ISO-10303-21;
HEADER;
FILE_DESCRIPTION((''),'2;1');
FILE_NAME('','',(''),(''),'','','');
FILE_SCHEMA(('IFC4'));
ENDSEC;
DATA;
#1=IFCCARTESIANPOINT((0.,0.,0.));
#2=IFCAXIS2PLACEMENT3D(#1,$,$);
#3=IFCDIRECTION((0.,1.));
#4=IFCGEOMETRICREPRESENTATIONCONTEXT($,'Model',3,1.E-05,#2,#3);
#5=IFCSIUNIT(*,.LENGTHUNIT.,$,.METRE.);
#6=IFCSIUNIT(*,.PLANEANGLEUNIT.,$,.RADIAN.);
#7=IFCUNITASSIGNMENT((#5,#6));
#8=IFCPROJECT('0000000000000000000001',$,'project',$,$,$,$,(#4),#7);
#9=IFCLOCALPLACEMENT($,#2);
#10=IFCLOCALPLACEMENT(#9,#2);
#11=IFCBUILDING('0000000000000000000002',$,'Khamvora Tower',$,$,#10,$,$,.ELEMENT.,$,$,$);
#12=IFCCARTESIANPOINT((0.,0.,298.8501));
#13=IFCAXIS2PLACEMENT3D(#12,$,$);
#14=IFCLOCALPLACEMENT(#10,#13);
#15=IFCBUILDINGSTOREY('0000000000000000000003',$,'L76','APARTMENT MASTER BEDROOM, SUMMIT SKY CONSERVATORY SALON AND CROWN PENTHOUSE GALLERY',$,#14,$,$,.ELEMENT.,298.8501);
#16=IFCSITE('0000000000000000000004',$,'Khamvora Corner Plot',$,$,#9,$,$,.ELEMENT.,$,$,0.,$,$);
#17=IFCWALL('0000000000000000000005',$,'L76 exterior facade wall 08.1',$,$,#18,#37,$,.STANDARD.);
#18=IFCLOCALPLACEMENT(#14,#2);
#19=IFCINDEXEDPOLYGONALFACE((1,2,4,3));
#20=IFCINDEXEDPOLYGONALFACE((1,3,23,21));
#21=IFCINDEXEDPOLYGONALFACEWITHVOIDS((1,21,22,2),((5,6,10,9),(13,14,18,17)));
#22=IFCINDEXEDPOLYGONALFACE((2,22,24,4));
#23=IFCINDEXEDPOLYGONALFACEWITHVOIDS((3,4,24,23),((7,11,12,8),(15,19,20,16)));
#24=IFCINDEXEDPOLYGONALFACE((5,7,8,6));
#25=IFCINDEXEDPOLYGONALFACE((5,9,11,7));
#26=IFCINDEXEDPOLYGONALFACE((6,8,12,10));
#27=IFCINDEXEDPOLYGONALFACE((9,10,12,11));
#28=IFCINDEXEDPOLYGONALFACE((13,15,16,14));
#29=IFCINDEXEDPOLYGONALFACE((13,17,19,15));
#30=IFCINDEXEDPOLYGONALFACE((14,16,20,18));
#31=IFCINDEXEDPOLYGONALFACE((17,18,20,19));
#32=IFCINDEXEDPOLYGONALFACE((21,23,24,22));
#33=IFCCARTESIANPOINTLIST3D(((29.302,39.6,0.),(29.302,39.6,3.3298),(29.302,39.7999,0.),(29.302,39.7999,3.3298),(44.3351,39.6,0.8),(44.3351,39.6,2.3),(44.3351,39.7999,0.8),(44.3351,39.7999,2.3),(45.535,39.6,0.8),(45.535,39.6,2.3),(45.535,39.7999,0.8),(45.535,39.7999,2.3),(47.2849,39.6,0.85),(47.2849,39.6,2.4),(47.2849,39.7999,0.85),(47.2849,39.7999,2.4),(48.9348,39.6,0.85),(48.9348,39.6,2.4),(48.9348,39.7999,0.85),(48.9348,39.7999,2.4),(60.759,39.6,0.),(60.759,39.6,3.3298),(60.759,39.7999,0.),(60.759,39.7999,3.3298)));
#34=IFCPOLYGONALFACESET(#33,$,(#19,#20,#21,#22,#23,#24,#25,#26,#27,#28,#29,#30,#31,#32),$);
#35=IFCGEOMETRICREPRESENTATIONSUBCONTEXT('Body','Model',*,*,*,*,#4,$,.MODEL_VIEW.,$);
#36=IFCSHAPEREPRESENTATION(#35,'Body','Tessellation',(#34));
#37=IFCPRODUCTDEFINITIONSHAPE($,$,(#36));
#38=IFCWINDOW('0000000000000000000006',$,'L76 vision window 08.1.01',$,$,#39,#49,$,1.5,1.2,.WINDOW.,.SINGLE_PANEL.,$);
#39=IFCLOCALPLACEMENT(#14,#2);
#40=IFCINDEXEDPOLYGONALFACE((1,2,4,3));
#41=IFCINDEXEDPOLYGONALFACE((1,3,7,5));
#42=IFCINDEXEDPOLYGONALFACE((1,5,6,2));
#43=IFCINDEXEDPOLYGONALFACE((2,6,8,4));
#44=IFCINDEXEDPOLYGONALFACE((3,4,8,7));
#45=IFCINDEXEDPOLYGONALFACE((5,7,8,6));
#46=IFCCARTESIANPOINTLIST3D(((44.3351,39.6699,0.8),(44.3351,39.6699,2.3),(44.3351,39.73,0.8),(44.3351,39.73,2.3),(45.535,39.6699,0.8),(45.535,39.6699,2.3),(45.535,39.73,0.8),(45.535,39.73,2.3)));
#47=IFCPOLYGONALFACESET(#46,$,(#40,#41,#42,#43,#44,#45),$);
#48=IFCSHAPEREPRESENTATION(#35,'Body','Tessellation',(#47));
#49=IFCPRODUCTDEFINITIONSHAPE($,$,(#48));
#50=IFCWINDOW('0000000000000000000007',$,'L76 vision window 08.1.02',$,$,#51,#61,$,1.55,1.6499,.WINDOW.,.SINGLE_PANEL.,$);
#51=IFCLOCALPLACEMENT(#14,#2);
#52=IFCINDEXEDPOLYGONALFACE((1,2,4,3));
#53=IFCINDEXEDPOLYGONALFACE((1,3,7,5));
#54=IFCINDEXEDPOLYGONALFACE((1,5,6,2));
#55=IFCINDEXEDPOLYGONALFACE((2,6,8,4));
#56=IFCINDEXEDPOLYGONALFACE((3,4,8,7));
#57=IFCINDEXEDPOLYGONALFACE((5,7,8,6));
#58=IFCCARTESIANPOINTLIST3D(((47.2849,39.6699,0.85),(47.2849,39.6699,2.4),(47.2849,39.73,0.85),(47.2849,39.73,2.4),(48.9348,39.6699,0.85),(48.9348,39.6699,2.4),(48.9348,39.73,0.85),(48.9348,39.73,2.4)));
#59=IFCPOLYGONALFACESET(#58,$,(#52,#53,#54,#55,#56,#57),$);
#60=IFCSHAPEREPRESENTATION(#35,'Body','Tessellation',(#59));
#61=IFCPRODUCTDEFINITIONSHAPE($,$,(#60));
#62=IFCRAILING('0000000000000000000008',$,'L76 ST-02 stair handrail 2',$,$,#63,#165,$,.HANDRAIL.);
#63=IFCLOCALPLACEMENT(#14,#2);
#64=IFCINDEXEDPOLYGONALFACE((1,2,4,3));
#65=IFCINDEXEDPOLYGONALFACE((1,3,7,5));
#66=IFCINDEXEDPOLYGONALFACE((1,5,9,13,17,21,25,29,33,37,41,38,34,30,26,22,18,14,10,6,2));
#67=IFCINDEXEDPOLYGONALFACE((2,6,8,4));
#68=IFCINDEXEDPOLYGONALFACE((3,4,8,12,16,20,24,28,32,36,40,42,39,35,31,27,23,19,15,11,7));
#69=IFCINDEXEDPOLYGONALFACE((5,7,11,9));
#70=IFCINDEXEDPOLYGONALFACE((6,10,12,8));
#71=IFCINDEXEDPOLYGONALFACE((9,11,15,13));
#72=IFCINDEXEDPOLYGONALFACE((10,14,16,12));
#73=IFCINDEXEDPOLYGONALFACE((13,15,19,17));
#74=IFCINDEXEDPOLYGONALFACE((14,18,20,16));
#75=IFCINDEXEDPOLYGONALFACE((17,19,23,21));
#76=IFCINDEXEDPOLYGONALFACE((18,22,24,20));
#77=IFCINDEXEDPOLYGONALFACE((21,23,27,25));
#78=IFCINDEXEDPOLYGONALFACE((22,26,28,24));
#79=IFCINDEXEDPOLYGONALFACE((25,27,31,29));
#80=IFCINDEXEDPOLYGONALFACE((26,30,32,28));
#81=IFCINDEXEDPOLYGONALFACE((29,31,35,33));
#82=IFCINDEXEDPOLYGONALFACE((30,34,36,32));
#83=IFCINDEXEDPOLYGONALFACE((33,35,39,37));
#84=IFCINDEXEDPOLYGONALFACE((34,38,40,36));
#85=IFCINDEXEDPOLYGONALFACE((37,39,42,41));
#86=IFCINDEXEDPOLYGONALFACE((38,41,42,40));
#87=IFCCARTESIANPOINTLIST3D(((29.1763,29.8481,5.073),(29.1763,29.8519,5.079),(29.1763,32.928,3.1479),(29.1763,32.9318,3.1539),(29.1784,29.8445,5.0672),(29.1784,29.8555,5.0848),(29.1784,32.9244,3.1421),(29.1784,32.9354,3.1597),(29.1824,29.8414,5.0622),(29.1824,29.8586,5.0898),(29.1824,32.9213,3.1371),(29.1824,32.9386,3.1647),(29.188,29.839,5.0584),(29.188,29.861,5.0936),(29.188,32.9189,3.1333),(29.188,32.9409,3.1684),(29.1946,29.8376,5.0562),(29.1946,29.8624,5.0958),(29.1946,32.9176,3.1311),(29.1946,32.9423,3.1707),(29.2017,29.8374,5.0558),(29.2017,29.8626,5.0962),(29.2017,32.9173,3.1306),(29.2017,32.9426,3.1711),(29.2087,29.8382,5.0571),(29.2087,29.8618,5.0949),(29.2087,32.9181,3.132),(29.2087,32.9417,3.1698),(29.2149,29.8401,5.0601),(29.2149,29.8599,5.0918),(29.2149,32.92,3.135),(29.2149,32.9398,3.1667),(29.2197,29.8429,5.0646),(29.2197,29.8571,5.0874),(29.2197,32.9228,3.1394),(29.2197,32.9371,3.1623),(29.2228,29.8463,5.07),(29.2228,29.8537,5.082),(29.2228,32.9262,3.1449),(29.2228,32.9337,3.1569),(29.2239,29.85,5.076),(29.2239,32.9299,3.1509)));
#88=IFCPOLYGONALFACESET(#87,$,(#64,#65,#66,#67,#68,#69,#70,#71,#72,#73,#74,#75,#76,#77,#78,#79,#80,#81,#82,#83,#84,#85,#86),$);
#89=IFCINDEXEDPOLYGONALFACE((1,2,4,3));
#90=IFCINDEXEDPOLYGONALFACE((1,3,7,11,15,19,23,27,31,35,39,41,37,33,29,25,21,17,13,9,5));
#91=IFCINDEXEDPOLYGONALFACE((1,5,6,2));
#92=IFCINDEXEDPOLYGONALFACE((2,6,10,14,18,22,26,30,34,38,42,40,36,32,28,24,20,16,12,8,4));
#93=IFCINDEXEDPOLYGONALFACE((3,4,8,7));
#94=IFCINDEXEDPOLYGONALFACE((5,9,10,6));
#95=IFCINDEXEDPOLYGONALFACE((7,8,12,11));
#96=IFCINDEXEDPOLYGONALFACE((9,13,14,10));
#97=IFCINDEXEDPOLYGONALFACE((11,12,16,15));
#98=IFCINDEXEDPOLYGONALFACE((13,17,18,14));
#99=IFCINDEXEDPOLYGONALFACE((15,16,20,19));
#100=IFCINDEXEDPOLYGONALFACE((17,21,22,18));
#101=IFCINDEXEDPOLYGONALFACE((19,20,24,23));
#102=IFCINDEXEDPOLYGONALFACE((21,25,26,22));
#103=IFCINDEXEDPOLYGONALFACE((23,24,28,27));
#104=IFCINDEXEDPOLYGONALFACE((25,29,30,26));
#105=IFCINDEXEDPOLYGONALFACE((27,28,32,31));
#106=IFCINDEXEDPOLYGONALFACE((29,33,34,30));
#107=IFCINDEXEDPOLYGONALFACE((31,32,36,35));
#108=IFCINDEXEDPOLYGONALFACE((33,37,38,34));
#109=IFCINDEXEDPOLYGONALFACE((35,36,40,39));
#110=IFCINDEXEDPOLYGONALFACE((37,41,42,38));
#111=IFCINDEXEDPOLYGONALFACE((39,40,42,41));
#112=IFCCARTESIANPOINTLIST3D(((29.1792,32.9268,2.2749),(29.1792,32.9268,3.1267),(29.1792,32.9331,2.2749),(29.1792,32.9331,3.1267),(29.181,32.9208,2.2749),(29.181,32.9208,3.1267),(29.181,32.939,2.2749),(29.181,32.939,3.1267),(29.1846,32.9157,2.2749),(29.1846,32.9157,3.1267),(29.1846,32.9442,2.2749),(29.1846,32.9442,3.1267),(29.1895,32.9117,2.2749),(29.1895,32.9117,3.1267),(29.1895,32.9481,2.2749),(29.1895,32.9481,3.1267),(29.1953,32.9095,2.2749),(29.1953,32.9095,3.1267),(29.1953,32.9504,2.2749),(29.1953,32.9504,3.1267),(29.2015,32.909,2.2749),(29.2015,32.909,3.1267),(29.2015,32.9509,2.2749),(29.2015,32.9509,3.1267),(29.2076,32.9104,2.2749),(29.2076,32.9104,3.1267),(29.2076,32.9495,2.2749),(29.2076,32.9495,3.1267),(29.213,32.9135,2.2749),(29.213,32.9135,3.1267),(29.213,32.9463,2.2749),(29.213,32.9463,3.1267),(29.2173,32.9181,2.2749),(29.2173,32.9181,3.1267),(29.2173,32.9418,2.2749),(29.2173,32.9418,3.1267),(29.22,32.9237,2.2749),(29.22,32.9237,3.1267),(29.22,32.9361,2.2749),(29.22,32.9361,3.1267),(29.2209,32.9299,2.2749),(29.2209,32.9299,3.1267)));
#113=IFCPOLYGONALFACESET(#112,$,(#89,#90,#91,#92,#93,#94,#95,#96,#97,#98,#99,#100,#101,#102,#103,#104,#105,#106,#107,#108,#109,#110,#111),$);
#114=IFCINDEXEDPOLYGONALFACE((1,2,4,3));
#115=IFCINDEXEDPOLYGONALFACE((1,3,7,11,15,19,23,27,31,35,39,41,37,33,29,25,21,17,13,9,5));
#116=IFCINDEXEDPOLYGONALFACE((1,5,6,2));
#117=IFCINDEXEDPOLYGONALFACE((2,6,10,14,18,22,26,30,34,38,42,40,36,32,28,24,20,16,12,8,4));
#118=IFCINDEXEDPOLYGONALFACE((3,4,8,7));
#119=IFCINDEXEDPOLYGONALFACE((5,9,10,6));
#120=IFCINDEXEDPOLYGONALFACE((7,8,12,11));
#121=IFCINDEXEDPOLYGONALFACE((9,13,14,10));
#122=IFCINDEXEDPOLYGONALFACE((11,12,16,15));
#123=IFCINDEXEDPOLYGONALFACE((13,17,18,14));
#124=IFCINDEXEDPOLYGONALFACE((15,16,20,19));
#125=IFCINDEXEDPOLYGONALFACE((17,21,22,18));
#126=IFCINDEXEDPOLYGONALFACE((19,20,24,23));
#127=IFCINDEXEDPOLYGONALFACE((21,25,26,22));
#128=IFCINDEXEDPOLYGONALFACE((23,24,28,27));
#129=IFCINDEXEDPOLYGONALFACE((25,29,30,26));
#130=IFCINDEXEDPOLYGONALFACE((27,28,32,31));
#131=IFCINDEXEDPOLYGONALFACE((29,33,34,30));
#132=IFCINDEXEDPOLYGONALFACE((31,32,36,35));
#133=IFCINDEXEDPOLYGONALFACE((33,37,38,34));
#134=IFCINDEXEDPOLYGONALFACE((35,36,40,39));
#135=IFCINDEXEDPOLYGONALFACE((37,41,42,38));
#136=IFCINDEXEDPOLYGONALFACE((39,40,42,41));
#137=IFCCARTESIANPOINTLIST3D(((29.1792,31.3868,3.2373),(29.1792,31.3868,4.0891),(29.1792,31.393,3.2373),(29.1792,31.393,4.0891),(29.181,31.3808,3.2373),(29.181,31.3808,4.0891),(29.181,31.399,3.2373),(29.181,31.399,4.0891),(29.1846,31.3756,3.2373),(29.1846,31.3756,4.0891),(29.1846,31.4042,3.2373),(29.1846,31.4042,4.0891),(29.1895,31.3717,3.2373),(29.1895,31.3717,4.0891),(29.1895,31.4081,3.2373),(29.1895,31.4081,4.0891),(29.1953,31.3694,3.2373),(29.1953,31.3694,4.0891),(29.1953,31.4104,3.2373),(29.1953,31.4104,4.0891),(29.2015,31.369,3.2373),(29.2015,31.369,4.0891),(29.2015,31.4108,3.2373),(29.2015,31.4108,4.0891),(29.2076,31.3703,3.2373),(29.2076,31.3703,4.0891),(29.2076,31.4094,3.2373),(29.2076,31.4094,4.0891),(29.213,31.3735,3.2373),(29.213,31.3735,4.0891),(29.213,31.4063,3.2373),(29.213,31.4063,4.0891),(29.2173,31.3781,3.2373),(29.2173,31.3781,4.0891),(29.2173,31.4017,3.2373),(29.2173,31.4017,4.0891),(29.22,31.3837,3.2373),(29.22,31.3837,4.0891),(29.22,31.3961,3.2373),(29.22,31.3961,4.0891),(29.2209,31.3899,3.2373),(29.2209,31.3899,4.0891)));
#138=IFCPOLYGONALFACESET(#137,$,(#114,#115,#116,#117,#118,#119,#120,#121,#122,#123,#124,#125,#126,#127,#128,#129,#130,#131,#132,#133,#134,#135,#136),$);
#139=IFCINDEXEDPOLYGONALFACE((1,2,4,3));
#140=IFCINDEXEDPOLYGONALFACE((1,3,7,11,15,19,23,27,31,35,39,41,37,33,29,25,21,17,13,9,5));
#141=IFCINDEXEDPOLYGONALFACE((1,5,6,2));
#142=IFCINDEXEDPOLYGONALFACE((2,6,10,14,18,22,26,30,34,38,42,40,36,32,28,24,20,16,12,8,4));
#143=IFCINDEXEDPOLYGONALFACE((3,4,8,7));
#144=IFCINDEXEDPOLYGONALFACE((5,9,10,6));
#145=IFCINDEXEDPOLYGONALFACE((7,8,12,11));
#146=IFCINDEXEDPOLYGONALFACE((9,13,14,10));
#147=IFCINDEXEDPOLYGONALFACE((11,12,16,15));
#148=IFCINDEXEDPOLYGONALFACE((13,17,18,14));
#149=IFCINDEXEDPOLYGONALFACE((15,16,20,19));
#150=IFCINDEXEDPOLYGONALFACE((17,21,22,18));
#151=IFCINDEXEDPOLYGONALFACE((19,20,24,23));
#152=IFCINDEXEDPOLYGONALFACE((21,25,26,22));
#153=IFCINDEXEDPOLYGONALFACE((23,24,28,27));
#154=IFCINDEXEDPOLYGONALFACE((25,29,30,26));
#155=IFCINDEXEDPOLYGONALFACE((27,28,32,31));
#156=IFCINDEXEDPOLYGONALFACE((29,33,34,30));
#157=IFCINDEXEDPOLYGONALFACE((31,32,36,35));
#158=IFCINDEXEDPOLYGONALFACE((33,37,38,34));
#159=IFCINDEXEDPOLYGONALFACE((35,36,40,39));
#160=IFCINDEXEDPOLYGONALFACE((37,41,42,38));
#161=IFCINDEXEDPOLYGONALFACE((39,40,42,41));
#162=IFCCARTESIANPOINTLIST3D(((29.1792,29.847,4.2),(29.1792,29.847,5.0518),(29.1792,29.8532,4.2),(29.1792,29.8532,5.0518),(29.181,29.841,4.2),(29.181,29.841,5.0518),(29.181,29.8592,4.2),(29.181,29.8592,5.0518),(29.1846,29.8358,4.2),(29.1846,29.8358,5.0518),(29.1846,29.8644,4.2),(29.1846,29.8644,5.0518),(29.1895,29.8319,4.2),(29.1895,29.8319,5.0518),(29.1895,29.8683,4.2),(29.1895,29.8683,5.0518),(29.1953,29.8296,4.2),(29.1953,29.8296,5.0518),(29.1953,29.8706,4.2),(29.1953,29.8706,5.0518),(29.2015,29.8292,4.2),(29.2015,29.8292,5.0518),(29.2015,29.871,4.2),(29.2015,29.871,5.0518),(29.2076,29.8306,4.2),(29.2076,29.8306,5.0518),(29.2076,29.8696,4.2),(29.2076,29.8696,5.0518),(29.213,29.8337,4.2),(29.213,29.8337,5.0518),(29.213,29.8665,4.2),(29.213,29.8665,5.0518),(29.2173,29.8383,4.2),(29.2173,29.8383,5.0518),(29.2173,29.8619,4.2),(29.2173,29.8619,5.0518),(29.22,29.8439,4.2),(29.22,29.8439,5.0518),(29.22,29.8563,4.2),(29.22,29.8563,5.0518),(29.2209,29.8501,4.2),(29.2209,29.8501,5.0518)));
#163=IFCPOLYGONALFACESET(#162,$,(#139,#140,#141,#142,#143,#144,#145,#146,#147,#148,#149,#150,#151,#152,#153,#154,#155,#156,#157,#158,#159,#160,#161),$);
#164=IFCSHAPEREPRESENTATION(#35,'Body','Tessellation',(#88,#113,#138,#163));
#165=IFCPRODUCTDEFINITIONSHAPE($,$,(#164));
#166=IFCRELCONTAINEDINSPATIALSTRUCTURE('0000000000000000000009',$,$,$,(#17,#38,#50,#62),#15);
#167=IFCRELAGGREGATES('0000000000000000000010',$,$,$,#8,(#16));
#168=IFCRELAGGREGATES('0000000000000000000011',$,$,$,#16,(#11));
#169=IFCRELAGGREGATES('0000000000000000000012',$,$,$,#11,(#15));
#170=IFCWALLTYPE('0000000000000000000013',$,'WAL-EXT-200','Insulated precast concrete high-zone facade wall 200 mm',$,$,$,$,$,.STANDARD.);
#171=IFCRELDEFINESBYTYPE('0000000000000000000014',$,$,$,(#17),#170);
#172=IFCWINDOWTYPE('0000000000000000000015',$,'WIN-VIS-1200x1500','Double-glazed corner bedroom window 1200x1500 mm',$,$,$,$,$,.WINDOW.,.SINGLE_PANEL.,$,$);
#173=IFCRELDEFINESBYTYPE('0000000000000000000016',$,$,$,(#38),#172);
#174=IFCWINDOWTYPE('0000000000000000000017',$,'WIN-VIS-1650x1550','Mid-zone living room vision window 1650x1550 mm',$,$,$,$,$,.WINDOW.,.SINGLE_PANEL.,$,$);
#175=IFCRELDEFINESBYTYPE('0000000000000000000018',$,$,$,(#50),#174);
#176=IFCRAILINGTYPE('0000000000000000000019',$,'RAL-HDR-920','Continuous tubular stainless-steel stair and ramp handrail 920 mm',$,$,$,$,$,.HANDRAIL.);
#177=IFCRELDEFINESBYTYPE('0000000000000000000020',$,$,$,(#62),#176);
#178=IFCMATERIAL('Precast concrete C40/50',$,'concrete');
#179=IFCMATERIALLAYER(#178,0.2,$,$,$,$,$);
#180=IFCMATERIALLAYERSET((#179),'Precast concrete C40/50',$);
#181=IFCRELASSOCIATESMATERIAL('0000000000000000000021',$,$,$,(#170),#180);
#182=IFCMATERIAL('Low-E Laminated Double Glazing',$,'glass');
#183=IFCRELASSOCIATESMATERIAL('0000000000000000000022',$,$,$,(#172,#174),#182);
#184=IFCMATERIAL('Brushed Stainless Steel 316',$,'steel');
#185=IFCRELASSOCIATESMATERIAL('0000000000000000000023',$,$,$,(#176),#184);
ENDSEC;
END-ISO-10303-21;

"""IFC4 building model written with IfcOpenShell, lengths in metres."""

from ifc_helpers import new_model, si_unit, direction, frame, frame_2d, origin, origin_2d, place, context, subcontext, project, spatial, rectangle, circle, extrude, material, layer, layer_set, type_object, element, fill, save


model = new_model("IFC4")

# Units and contexts
model_context = context("Model", 3, precision=1e-05, world=origin(), true_north=direction((0.0, 1.0)))
body_context = subcontext(model_context, "Body", "Model", "MODEL_VIEW")
ifc_project = project(units=[si_unit("LENGTHUNIT", "METRE"), si_unit("PLANEANGLEUNIT", "RADIAN")], contexts=[model_context])

# Site, building, storey
site_placement = place(None, origin())
site = spatial("IfcSite", under=ifc_project, at=site_placement, Name="Khamvora Corner Plot", CompositionType="ELEMENT", RefElevation=0.0)
building_placement = place(site_placement, origin())
building = spatial("IfcBuilding", under=site, at=building_placement, Name="Khamvora Tower", CompositionType="ELEMENT")
storey_placement = place(building_placement, frame((0.0, 0.0, 298.8501)))
storey = spatial("IfcBuildingStorey", under=building, at=storey_placement, Name="L76", Description="APARTMENT MASTER BEDROOM, SUMMIT SKY CONSERVATORY SALON AND CROWN PENTHOUSE GALLERY", CompositionType="ELEMENT", Elevation=298.8501)

# Shared definitions
ifc_material_1 = material(Name="Precast concrete C40/50", Category="concrete")
ifc_layer_1 = layer(ifc_material_1, 0.2)
ifc_layer_set_1 = layer_set([ifc_layer_1], Name="Precast concrete C40/50")
wall_type_1 = type_object("IfcWallType", Name="WAL-EXT-200", Description="Insulated precast concrete high-zone facade wall 200 mm", PredefinedType="STANDARD", material=ifc_layer_set_1)

# Wall, openings, windows
wall_1_placement = place(storey_placement, frame((29.302, 39.7, 0.0), z_axis=(0.0, 0.0, 1.0), x_axis=(1.0, 0.0, 0.0)))
wall_1 = element("IfcWall", 1, at=wall_1_placement, inside=storey, type_object=wall_type_1, Name="L76 exterior facade wall 08.1", PredefinedType="STANDARD", context=body_context, shape_type="SweptSolid", body=[
    extrude(rectangle(XDim=31.457, YDim=0.2, at=frame_2d((15.7285, 0.0))), origin(), (0.0, 0.0, 1.0), 3.3298),
])
opening_1_placement = place(wall_1_placement, frame((15.033, 0.0, 0.8)))
opening_1 = element("IfcOpeningElement", 2, at=opening_1_placement, cuts=wall_1, PredefinedType="OPENING", context=body_context, shape_type="SweptSolid", body=[
    extrude(rectangle(XDim=1.2, YDim=1.5, at=frame_2d((0.6001, 0.75))), frame((0.0, 0.1099, 0.0), z_axis=(0.0, -1.0, 0.0), x_axis=(1.0, 0.0, 0.0)), (0.0, 0.0, 1.0), 0.22),
])
opening_2_placement = place(wall_1_placement, frame((17.9829, 0.0, 0.8501)))
opening_2 = element("IfcOpeningElement", 3, at=opening_2_placement, cuts=wall_1, PredefinedType="OPENING", context=body_context, shape_type="SweptSolid", body=[
    extrude(rectangle(XDim=1.6499, YDim=1.55, at=frame_2d((0.825, 0.7749))), frame((0.0, 0.1099, 0.0), z_axis=(0.0, -1.0, 0.0), x_axis=(1.0, 0.0, 0.0)), (0.0, 0.0, 1.0), 0.22),
])
ifc_material_2 = material(Name="Low-E Laminated Double Glazing", Category="glass")
window_type_1 = type_object("IfcWindowType", Name="WIN-VIS-1200x1500", Description="Double-glazed corner bedroom window 1200x1500 mm", PartitioningType="SINGLE_PANEL", PredefinedType="WINDOW", material=ifc_material_2)
window_1_placement = place(opening_1_placement, origin())
window_1 = element("IfcWindow", 4, at=window_1_placement, inside=storey, type_object=window_type_1, Name="L76 vision window 08.1.01", OverallHeight=1.5, OverallWidth=1.2, PartitioningType="SINGLE_PANEL", PredefinedType="WINDOW", context=body_context, shape_type="SweptSolid", body=[
    extrude(rectangle(XDim=1.2, YDim=1.5, at=frame_2d((0.6001, 0.75))), frame((0.0, 0.03, 0.0), z_axis=(0.0, -1.0, 0.0), x_axis=(1.0, 0.0, 0.0)), (0.0, 0.0, 1.0), 0.0601),
])
fill(opening_1, window_1)
window_type_2 = type_object("IfcWindowType", Name="WIN-VIS-1650x1550", Description="Mid-zone living room vision window 1650x1550 mm", PartitioningType="SINGLE_PANEL", PredefinedType="WINDOW", material=ifc_material_2)
window_2_placement = place(opening_2_placement, origin())
window_2 = element("IfcWindow", 5, at=window_2_placement, inside=storey, type_object=window_type_2, Name="L76 vision window 08.1.02", OverallHeight=1.55, OverallWidth=1.6499, PartitioningType="SINGLE_PANEL", PredefinedType="WINDOW", context=body_context, shape_type="SweptSolid", body=[
    extrude(rectangle(XDim=1.6499, YDim=1.55, at=frame_2d((0.825, 0.7749))), frame((0.0, 0.03, 0.0), z_axis=(0.0, -1.0, 0.0), x_axis=(1.0, 0.0, 0.0)), (0.0, 0.0, 1.0), 0.0601),
])
fill(opening_2, window_2)

# Railing
ifc_material_3 = material(Name="Brushed Stainless Steel 316", Category="steel")
railing_type = type_object("IfcRailingType", Name="RAL-HDR-920", Description="Continuous tubular stainless-steel stair and ramp handrail 920 mm", PredefinedType="HANDRAIL", material=ifc_material_3)
railing_placement = place(storey_placement, frame((29.2, 32.9299, 2.2749)))
element("IfcRailing", 6, at=railing_placement, inside=storey, type_object=railing_type, Name="L76 ST-02 stair handrail 2", PredefinedType="HANDRAIL", context=body_context, shape_type="SweptSolid", body=[
    extrude(circle(Radius=0.0239, at=origin_2d()), frame((0.0, 0.0, 0.876), z_axis=(0.0, -0.847979, 0.530029), x_axis=(1.0, 0.0, 0.0)), (0.0, 0.0, 1.0), 3.6321),
    extrude(circle(Radius=0.021, at=origin_2d()), origin(), (0.0, 0.0, 1.0), 0.8518),
    extrude(circle(Radius=0.021, at=origin_2d()), frame((0.0, -1.54, 0.9624)), (0.0, 0.0, 1.0), 0.8518),
    extrude(circle(Radius=0.021, at=origin_2d()), frame((0.0, -3.0798, 1.925)), (0.0, 0.0, 1.0), 0.8518),
])

save(model, "model.ifc")
